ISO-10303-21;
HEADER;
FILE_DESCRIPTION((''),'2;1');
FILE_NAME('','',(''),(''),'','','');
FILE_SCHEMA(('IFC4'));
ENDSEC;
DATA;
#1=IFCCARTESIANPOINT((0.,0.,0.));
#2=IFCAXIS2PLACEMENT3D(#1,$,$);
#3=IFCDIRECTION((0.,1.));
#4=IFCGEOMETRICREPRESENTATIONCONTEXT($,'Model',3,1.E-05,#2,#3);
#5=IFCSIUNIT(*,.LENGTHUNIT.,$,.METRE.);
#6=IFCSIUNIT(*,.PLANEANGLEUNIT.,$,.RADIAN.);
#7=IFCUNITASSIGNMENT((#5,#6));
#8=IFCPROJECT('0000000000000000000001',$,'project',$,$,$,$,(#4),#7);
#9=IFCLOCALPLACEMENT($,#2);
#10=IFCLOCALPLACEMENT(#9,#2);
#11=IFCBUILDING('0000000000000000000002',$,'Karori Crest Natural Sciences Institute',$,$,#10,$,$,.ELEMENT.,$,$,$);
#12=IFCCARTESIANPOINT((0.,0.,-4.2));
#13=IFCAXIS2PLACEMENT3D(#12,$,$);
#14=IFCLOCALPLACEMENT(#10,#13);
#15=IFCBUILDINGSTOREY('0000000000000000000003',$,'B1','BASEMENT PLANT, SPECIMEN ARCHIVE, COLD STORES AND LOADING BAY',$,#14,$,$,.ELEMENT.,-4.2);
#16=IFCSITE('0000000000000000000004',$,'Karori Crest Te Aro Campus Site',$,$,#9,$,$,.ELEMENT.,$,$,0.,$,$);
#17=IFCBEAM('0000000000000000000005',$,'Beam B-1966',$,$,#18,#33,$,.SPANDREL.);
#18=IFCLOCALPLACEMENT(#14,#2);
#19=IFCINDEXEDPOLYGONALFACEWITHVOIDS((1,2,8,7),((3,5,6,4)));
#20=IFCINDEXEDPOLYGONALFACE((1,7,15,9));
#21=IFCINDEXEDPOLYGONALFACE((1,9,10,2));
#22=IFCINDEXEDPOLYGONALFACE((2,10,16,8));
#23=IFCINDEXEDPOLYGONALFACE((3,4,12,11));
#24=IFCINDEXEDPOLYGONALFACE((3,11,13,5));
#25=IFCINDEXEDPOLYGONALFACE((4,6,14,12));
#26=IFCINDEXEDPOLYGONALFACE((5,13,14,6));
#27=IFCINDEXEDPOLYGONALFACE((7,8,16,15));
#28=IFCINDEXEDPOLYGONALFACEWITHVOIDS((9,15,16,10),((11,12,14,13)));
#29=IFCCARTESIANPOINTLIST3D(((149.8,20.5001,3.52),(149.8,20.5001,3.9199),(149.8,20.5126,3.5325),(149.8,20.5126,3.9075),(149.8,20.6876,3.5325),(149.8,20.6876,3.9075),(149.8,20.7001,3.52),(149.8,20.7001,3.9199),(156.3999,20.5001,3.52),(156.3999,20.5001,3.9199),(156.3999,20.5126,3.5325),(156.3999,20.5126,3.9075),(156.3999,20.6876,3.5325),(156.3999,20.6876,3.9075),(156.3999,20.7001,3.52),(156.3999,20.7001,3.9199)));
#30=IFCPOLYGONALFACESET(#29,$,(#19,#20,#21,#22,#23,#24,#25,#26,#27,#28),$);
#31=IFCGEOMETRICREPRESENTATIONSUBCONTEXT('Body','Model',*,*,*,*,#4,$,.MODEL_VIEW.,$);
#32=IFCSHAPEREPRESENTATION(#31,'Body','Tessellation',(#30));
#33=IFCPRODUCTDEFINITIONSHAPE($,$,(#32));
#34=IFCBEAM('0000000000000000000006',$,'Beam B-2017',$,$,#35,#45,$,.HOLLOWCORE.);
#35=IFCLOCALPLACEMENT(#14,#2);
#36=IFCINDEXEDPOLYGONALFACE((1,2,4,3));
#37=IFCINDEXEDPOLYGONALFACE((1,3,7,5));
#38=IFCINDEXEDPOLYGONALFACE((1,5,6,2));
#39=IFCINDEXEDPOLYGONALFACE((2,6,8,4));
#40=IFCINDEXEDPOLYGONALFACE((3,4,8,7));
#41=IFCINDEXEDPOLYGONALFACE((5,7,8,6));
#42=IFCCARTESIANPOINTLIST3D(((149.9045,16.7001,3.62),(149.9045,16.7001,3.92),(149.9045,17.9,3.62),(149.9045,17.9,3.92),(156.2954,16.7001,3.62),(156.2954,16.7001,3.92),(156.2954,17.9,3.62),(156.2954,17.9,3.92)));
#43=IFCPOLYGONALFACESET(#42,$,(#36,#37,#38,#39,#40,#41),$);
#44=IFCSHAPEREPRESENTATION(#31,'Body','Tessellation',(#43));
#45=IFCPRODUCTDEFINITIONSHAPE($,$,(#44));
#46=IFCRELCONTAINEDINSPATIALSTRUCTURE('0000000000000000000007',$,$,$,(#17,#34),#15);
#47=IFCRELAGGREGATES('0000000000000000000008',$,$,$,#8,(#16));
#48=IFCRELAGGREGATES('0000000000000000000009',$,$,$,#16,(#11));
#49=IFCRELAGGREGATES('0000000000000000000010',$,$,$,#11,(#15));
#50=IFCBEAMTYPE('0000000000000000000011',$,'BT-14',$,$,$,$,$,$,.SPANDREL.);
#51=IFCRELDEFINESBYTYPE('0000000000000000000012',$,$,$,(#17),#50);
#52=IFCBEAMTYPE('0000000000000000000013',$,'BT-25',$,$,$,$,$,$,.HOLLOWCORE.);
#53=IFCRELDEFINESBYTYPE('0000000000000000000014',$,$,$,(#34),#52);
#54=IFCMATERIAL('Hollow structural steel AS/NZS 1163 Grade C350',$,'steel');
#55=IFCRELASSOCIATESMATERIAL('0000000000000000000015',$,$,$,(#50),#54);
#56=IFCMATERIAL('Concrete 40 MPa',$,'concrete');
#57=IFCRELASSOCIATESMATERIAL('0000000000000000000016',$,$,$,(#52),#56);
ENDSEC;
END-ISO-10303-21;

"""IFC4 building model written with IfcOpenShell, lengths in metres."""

from ifc_helpers import new_model, si_unit, direction, frame, origin, origin_2d, place, context, subcontext, project, spatial, rectangle, hollow_rectangle, extrude, material, material_profile, profile_set, type_object, element, save


model = new_model("IFC4")

# Units and contexts
model_context = context("Model", 3, precision=1e-05, world=origin(), true_north=direction((0.0, 1.0)))
body_context = subcontext(model_context, "Body", "Model", "MODEL_VIEW")
ifc_project = project(units=[si_unit("LENGTHUNIT", "METRE"), si_unit("PLANEANGLEUNIT", "RADIAN")], contexts=[model_context])

# Site, building, storey
site_placement = place(None, origin())
site = spatial("IfcSite", under=ifc_project, at=site_placement, Name="Karori Crest Te Aro Campus Site", CompositionType="ELEMENT", RefElevation=0.0)
building_placement = place(site_placement, origin())
building = spatial("IfcBuilding", under=site, at=building_placement, Name="Karori Crest Natural Sciences Institute", CompositionType="ELEMENT")
storey_placement = place(building_placement, frame((0.0, 0.0, -4.2)))
storey = spatial("IfcBuildingStorey", under=building, at=storey_placement, Name="B1", Description="BASEMENT PLANT, SPECIMEN ARCHIVE, COLD STORES AND LOADING BAY", CompositionType="ELEMENT", Elevation=-4.2)

# Shared definitions
ifc_material_1 = material(Name="Concrete 40 MPa", Category="concrete")

# Beams
ifc_material_2 = material(Name="Hollow structural steel AS/NZS 1163 Grade C350", Category="steel")
ifc_material_profile_1 = material_profile(ifc_material_2, hollow_rectangle(XDim=0.2, YDim=0.3999, WallThickness=0.0125, at=origin_2d()), Name="RHS400x200x12.5")
ifc_profile_set_1 = profile_set([ifc_material_profile_1], Name="Hollow structural steel AS/NZS 1163 Grade C350")
beam_type_1 = type_object("IfcBeamType", Name="BT-14", PredefinedType="SPANDREL", material=ifc_profile_set_1)
beam_1_placement = place(storey_placement, frame((149.8, 20.6001, 3.72), z_axis=(1.0, 0.0, 0.0), x_axis=(0.0, 1.0, 0.0)))
element("IfcBeam", 1, at=beam_1_placement, inside=storey, type_object=beam_type_1, Name="Beam B-1966", PredefinedType="SPANDREL", context=body_context, shape_type="SweptSolid", body=[
    extrude(hollow_rectangle(XDim=0.2, YDim=0.3999, WallThickness=0.0125, at=origin_2d()), origin(), (0.0, 0.0, 1.0), 6.5999),
])
ifc_material_profile_2 = material_profile(ifc_material_1, rectangle(XDim=1.2, YDim=0.3, at=origin_2d()), Name="HCP1200x300")
ifc_profile_set_2 = profile_set([ifc_material_profile_2], Name="Concrete 40 MPa")
beam_type_2 = type_object("IfcBeamType", Name="BT-25", PredefinedType="HOLLOWCORE", material=ifc_profile_set_2)
beam_2_placement = place(storey_placement, frame((149.9045, 17.3, 3.77), z_axis=(1.0, 0.0, 0.0), x_axis=(0.0, 1.0, 0.0)))
element("IfcBeam", 2, at=beam_2_placement, inside=storey, type_object=beam_type_2, Name="Beam B-2017", PredefinedType="HOLLOWCORE", context=body_context, shape_type="SweptSolid", body=[
    extrude(rectangle(XDim=1.2, YDim=0.3, at=origin_2d()), origin(), (0.0, 0.0, 1.0), 6.3909),
])

save(model, "model.ifc")
